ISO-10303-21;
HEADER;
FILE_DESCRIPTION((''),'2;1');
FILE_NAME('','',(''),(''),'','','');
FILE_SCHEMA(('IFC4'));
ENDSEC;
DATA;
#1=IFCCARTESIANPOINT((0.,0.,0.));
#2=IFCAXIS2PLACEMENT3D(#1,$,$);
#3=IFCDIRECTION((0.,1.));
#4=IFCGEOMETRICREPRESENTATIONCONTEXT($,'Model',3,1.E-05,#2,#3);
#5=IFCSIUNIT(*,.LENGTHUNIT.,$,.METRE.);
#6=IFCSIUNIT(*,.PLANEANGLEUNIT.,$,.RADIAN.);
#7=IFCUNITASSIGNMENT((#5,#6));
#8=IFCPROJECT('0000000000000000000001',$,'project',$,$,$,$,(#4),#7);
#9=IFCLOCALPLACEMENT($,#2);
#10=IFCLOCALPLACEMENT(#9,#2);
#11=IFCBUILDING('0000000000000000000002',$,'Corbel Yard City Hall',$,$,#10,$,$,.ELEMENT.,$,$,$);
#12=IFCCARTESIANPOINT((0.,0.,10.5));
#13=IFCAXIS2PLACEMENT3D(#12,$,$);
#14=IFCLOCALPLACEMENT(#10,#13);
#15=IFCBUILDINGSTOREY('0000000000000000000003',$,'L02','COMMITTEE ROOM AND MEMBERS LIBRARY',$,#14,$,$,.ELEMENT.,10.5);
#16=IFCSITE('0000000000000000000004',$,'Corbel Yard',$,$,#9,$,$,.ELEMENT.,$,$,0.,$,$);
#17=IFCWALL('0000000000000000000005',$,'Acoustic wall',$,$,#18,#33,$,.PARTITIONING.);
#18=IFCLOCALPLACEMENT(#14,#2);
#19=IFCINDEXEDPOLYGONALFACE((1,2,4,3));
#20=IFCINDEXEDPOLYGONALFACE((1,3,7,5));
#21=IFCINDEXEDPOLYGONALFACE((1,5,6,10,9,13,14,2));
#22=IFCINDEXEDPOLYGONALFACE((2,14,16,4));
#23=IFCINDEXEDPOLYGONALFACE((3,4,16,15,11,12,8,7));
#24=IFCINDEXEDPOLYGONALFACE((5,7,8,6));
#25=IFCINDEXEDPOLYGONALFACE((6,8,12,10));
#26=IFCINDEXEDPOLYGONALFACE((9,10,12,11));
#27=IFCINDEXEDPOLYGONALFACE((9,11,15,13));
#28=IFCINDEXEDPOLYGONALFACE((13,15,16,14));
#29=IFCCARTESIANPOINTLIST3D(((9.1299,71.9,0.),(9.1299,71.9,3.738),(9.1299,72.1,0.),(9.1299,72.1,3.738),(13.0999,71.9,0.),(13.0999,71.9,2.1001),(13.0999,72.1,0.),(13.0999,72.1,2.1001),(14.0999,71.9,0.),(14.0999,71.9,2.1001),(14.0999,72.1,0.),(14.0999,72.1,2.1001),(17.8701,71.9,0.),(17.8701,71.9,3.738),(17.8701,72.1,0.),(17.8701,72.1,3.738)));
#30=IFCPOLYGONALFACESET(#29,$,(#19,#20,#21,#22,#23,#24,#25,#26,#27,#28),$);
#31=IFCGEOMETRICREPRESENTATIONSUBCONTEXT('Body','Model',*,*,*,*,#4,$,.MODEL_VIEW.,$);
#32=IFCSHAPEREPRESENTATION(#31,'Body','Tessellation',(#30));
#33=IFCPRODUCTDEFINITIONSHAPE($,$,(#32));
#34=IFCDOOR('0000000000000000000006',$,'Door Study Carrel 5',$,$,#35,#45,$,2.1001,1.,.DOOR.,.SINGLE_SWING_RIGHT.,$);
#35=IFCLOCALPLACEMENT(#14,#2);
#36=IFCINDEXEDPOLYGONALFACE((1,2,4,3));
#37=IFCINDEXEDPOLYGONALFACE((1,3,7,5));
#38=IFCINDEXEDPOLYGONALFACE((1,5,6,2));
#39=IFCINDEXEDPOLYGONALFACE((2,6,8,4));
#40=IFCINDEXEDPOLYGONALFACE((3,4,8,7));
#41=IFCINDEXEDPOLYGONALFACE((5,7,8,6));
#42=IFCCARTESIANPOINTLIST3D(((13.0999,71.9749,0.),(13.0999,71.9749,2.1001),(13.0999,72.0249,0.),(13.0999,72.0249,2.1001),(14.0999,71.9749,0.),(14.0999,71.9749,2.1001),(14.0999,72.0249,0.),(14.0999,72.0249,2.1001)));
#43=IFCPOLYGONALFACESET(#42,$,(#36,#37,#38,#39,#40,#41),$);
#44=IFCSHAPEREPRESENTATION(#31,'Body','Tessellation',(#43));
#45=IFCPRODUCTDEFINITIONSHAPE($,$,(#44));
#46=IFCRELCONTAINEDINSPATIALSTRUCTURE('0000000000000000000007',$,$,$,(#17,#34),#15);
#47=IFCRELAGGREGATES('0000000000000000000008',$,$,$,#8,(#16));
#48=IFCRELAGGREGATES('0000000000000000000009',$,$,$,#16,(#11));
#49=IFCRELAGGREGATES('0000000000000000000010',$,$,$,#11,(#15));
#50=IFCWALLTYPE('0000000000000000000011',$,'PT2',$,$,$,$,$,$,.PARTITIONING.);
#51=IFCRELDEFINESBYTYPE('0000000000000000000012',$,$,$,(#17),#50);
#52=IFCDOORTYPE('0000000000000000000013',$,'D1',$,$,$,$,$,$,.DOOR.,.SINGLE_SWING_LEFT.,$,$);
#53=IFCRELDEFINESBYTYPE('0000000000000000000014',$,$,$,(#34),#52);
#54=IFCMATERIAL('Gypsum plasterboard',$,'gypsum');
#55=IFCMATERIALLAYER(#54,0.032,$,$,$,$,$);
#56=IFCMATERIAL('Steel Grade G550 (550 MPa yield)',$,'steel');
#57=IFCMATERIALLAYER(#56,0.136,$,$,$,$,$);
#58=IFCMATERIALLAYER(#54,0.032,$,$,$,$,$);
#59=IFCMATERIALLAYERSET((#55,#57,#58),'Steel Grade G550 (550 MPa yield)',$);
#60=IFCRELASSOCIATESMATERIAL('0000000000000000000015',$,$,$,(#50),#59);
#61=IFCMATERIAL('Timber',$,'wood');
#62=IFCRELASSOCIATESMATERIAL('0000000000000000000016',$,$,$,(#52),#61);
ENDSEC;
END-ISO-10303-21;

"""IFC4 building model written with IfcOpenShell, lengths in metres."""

from ifc_helpers import new_model, si_unit, direction, frame, frame_2d, origin, place, context, subcontext, project, spatial, rectangle, extrude, material, layer, layer_set, type_object, element, fill, save


model = new_model("IFC4")

# Units and contexts
model_context = context("Model", 3, precision=1e-05, world=origin(), true_north=direction((0.0, 1.0)))
body_context = subcontext(model_context, "Body", "Model", "MODEL_VIEW")
ifc_project = project(units=[si_unit("LENGTHUNIT", "METRE"), si_unit("PLANEANGLEUNIT", "RADIAN")], contexts=[model_context])

# Site, building, storey
site_placement = place(None, origin())
site = spatial("IfcSite", under=ifc_project, at=site_placement, Name="Corbel Yard", CompositionType="ELEMENT", RefElevation=0.0)
building_placement = place(site_placement, origin())
building = spatial("IfcBuilding", under=site, at=building_placement, Name="Corbel Yard City Hall", CompositionType="ELEMENT")
storey_placement = place(building_placement, frame((0.0, 0.0, 10.5)))
storey = spatial("IfcBuildingStorey", under=building, at=storey_placement, Name="L02", Description="COMMITTEE ROOM AND MEMBERS LIBRARY", CompositionType="ELEMENT", Elevation=10.5)

# Shared definitions
ifc_material_1 = material(Name="Gypsum plasterboard", Category="gypsum")

# Shared definitions
ifc_material_2 = material(Name="Steel Grade G550 (550 MPa yield)", Category="steel")

# Wall, opening, door
ifc_layer_1 = layer(ifc_material_1, 0.032)
ifc_layer_2 = layer(ifc_material_2, 0.136)
ifc_layer_3 = layer(ifc_material_1, 0.032)
ifc_layer_set_1 = layer_set([ifc_layer_1, ifc_layer_2, ifc_layer_3], Name="Steel Grade G550 (550 MPa yield)")
wall_type_1 = type_object("IfcWallType", Name="PT2", PredefinedType="PARTITIONING", material=ifc_layer_set_1)
ifc_material_3 = material(Name="Timber", Category="wood")
door_type = type_object("IfcDoorType", Name="D1", OperationType="SINGLE_SWING_LEFT", PredefinedType="DOOR", material=ifc_material_3)
wall_1_placement = place(storey_placement, frame((9.1299, 72.0, 0.0), z_axis=(0.0, 0.0, 1.0), x_axis=(1.0, 0.0, 0.0)))
wall_1 = element("IfcWall", 1, at=wall_1_placement, inside=storey, type_object=wall_type_1, Name="Acoustic wall", PredefinedType="PARTITIONING", context=body_context, shape_type="SweptSolid", body=[
    extrude(rectangle(XDim=8.7402, YDim=0.2, at=frame_2d((4.3701, 0.0))), origin(), (0.0, 0.0, 1.0), 3.738),
])
opening_1_placement = place(wall_1_placement, frame((3.97, 0.0, 0.0)))
opening_1 = element("IfcOpeningElement", 2, at=opening_1_placement, cuts=wall_1, PredefinedType="OPENING", context=body_context, shape_type="SweptSolid", body=[
    extrude(rectangle(XDim=1.0, YDim=2.1001, at=frame_2d((0.5, 1.05))), frame((0.0, 0.1099, 0.0), z_axis=(0.0, -1.0, 0.0), x_axis=(1.0, 0.0, 0.0)), (0.0, 0.0, 1.0), 0.22),
])
door_1_placement = place(opening_1_placement, origin())
door_1 = element("IfcDoor", 3, at=door_1_placement, inside=storey, type_object=door_type, Name="Door Study Carrel 5", OperationType="SINGLE_SWING_RIGHT", OverallHeight=2.1001, OverallWidth=1.0, PredefinedType="DOOR", context=body_context, shape_type="SweptSolid", body=[
    extrude(rectangle(XDim=1.0, YDim=2.1001, at=frame_2d((0.5, 1.05))), frame((0.0, 0.0249, 0.0), z_axis=(0.0, -1.0, 0.0), x_axis=(1.0, 0.0, 0.0)), (0.0, 0.0, 1.0), 0.05),
])
fill(opening_1, door_1)

save(model, "model.ifc")
